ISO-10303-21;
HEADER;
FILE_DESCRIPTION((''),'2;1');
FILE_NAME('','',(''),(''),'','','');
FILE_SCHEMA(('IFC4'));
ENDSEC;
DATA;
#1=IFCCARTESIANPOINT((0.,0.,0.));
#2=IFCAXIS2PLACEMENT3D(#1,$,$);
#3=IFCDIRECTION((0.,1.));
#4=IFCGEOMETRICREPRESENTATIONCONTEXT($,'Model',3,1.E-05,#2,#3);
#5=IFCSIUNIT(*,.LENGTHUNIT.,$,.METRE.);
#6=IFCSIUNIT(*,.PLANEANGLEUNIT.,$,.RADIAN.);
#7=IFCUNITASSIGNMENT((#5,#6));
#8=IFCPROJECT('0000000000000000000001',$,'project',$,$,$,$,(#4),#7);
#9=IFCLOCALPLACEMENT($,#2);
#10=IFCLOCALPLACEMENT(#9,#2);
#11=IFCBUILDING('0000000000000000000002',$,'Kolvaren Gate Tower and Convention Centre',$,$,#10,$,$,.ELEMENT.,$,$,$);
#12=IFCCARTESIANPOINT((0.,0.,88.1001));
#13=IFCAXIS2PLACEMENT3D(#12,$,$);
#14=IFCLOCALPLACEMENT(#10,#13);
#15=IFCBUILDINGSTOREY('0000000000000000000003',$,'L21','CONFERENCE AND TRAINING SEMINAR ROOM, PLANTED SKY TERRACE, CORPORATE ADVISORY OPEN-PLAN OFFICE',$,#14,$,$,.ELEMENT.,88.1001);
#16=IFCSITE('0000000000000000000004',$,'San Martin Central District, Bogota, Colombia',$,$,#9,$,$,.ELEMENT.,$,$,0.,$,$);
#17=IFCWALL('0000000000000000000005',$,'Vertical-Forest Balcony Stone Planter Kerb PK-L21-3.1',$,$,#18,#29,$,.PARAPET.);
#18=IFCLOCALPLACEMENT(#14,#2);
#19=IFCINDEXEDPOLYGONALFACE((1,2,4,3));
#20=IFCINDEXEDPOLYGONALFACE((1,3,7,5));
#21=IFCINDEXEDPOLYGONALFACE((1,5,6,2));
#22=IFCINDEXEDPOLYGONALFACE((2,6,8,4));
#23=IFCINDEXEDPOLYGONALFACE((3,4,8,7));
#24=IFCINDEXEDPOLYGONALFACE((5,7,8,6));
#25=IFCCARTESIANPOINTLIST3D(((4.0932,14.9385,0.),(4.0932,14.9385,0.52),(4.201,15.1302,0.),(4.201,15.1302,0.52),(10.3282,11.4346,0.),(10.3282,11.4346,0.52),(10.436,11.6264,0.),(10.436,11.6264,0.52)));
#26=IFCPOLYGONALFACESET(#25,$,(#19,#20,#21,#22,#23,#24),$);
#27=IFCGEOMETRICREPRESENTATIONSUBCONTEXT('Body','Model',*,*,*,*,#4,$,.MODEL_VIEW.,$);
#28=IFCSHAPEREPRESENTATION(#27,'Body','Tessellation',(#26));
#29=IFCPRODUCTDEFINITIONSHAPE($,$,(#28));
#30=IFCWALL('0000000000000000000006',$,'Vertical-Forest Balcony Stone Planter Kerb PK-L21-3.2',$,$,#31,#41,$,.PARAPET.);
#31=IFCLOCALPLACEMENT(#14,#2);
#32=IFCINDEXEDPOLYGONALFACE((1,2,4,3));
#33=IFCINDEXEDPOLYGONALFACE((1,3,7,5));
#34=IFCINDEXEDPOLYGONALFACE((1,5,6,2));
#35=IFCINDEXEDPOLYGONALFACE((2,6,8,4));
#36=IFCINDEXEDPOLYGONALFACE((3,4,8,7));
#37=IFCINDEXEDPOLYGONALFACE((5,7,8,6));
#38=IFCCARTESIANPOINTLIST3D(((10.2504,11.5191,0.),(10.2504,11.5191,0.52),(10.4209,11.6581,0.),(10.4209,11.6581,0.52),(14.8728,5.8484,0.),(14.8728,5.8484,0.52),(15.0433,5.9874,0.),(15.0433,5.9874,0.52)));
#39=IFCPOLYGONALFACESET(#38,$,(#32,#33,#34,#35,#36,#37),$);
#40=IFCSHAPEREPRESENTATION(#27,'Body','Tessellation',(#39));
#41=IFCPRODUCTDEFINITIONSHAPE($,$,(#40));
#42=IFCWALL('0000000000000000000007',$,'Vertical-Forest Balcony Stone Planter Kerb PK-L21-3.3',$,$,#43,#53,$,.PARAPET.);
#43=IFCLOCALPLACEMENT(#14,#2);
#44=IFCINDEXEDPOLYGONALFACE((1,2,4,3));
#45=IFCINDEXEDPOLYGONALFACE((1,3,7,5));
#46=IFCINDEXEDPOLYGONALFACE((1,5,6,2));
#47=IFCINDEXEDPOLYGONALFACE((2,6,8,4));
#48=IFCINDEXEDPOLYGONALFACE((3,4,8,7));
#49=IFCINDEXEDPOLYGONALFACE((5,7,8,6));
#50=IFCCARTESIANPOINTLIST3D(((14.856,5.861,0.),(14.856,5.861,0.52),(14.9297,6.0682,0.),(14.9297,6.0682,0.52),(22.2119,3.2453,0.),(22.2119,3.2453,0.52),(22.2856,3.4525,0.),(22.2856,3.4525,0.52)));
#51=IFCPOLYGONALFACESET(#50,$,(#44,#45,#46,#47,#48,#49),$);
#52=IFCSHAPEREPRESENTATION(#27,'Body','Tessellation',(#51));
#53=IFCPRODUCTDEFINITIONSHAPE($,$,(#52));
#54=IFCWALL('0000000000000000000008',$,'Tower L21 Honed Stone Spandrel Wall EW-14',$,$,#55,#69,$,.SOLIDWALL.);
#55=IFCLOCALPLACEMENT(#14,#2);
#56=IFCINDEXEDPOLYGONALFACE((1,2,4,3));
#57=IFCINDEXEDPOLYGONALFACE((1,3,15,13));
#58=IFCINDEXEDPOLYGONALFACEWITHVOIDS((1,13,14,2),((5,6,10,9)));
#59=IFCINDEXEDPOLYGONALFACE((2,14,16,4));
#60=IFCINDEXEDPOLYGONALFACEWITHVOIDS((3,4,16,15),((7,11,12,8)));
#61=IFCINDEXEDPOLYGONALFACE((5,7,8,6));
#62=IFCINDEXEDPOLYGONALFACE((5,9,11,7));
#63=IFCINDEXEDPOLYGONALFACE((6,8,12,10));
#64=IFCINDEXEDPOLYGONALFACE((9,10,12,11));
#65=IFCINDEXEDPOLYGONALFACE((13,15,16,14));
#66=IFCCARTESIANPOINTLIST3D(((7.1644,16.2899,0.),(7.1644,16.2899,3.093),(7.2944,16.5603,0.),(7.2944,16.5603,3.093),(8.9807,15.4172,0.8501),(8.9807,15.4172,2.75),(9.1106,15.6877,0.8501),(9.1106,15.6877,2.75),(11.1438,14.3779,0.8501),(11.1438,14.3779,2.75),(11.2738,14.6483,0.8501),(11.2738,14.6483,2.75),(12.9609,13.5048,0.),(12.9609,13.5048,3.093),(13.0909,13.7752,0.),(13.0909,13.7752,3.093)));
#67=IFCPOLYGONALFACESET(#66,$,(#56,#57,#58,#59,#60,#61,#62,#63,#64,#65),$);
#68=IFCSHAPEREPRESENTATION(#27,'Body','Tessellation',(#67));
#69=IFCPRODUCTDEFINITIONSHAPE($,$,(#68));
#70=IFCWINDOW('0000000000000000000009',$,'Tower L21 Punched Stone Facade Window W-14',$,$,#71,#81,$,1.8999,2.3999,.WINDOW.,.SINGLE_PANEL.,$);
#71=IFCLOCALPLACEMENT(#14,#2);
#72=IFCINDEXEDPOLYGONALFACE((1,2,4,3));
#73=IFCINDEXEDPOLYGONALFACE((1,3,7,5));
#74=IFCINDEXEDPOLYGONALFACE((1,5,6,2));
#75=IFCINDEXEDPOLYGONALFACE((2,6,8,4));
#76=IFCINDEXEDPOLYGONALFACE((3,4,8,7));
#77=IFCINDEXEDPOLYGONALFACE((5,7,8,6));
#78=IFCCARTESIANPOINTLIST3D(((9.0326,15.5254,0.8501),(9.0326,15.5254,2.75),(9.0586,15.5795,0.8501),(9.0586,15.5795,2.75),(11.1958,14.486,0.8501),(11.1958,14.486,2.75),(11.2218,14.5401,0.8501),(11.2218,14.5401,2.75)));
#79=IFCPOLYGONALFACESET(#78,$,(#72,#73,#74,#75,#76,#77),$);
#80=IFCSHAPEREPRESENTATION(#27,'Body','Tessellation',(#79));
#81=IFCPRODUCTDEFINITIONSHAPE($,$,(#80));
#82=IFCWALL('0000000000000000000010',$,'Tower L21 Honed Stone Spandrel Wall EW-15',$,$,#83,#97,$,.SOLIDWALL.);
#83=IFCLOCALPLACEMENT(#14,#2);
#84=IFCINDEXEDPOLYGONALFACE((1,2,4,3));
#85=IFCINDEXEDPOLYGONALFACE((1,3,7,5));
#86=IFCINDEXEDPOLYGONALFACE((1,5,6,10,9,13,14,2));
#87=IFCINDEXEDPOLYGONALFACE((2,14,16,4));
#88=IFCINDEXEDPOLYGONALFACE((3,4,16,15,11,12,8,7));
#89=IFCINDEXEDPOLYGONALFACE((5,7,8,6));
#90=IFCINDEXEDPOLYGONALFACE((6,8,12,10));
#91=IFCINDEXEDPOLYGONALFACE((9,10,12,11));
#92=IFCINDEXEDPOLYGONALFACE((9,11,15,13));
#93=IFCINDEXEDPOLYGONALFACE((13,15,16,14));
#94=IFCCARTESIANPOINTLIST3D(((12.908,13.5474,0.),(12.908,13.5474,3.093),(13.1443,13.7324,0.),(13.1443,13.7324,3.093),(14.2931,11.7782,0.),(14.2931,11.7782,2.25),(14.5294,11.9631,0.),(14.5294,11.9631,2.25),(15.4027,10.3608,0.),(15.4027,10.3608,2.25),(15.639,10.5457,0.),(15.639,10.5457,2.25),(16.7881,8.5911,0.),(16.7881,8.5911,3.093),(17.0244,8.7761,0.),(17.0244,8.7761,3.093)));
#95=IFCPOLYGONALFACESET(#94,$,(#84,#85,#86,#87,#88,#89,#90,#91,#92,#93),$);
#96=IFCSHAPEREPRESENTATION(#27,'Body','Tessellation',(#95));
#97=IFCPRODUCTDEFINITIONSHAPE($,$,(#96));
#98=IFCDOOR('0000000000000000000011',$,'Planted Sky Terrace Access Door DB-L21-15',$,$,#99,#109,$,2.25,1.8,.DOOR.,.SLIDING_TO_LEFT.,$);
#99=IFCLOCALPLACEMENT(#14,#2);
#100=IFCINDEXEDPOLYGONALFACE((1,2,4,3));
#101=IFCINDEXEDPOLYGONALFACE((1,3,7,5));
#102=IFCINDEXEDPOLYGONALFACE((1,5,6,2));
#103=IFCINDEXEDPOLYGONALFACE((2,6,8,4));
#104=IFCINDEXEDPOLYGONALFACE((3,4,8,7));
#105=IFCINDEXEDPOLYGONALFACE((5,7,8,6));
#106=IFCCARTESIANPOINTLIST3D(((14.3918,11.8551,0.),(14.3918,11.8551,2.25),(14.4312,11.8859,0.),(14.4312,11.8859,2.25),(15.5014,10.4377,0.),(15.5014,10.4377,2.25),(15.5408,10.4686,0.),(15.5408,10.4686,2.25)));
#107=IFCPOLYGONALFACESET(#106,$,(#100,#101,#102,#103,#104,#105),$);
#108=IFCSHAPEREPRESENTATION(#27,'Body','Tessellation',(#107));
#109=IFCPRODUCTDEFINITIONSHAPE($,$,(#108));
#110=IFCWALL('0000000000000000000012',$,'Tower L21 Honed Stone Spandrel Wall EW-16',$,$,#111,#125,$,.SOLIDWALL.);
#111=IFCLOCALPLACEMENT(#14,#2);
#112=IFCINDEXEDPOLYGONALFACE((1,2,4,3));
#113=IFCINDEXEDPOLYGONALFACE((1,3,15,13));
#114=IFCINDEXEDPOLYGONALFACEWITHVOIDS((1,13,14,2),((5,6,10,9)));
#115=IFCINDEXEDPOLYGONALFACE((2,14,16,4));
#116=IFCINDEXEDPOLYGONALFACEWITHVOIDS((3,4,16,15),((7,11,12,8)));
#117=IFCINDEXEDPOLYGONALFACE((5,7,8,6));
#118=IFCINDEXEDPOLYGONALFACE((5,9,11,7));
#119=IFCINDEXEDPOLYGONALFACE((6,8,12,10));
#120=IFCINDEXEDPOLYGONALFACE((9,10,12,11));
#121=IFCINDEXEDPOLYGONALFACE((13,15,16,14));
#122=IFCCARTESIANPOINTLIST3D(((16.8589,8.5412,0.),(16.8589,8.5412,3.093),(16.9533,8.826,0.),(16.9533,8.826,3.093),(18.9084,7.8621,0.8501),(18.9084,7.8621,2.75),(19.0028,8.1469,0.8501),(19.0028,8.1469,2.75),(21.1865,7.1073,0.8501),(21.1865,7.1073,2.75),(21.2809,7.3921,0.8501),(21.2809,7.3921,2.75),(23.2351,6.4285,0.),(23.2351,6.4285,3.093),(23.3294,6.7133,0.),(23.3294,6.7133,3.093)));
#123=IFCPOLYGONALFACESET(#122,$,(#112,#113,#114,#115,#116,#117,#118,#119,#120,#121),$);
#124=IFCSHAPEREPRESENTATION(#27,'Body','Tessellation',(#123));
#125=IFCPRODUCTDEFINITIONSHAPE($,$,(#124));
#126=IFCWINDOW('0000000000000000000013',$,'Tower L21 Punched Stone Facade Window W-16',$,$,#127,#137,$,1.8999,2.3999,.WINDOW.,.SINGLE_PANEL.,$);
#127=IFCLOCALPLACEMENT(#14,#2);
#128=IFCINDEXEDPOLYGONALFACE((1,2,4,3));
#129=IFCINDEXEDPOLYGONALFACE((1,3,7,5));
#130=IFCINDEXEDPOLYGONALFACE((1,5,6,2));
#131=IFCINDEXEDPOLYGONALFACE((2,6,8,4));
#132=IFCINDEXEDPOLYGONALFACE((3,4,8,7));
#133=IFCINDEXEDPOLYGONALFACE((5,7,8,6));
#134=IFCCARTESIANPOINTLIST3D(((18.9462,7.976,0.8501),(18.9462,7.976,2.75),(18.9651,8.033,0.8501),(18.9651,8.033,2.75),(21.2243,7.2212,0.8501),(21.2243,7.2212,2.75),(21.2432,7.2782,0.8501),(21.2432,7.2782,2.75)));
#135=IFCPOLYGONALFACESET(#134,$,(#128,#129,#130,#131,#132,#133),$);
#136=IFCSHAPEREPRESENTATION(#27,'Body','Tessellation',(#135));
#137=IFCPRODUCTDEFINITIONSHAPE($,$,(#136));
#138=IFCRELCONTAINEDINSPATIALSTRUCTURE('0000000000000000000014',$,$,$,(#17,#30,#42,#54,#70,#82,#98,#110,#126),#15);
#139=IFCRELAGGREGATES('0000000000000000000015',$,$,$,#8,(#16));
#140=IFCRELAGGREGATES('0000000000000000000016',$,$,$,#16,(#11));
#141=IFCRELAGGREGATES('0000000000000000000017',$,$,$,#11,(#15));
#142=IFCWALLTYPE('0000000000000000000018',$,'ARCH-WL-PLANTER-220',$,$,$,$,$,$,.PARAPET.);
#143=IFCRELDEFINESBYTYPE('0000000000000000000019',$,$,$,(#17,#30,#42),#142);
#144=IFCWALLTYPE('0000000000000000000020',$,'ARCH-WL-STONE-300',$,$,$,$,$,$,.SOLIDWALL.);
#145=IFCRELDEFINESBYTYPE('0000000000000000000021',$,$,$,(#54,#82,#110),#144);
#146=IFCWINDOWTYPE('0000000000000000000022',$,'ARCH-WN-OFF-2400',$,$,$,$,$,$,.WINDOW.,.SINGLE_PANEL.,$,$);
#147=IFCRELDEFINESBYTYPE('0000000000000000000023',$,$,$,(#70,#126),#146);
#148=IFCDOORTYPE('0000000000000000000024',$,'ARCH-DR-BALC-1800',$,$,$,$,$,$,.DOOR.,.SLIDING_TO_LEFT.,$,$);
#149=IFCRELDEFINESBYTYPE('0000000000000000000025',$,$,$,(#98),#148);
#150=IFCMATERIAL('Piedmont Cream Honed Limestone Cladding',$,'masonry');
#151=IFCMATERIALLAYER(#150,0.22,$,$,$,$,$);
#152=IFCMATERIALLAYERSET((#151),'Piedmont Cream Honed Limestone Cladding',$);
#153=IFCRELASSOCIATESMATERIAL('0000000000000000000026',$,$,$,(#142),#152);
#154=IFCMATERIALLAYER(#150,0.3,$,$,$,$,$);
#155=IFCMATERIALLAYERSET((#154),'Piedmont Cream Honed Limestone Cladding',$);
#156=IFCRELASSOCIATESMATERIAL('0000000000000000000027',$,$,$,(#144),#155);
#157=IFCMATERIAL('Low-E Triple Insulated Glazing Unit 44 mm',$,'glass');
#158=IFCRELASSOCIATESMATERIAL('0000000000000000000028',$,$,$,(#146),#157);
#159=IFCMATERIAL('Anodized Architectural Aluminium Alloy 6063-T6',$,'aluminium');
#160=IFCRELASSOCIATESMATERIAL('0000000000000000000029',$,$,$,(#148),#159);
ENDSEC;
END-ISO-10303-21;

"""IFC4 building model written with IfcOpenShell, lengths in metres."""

from ifc_helpers import new_model, si_unit, direction, frame, frame_2d, origin, place, context, subcontext, project, spatial, rectangle, extrude, material, layer, layer_set, type_object, element, fill, save


model = new_model("IFC4")

# Units and contexts
model_context = context("Model", 3, precision=1e-05, world=origin(), true_north=direction((0.0, 1.0)))
body_context = subcontext(model_context, "Body", "Model", "MODEL_VIEW")
ifc_project = project(units=[si_unit("LENGTHUNIT", "METRE"), si_unit("PLANEANGLEUNIT", "RADIAN")], contexts=[model_context])

# Site, building, storey
site_placement = place(None, origin())
site = spatial("IfcSite", under=ifc_project, at=site_placement, Name="San Martin Central District, Bogota, Colombia", CompositionType="ELEMENT", RefElevation=0.0)
building_placement = place(site_placement, origin())
building = spatial("IfcBuilding", under=site, at=building_placement, Name="Kolvaren Gate Tower and Convention Centre", CompositionType="ELEMENT")
storey_placement = place(building_placement, frame((0.0, 0.0, 88.1001)))
storey = spatial("IfcBuildingStorey", under=building, at=storey_placement, Name="L21", Description="CONFERENCE AND TRAINING SEMINAR ROOM, PLANTED SKY TERRACE, CORPORATE ADVISORY OPEN-PLAN OFFICE", CompositionType="ELEMENT", Elevation=88.1001)

# Walls
ifc_material_1 = material(Name="Piedmont Cream Honed Limestone Cladding", Category="masonry")
ifc_layer_1 = layer(ifc_material_1, 0.22)
ifc_layer_set_1 = layer_set([ifc_layer_1], Name="Piedmont Cream Honed Limestone Cladding")
wall_type_1 = type_object("IfcWallType", Name="ARCH-WL-PLANTER-220", PredefinedType="PARAPET", material=ifc_layer_set_1)
wall_1_placement = place(storey_placement, frame((4.147, 15.0344, 0.0), z_axis=(0.0, 0.0, 1.0), x_axis=(0.871775, -0.489906, 0.0)))
element("IfcWall", 1, at=wall_1_placement, inside=storey, type_object=wall_type_1, Name="Vertical-Forest Balcony Stone Planter Kerb PK-L21-3.1", PredefinedType="PARAPET", context=body_context, shape_type="SweptSolid", body=[
    extrude(rectangle(XDim=7.1521, YDim=0.22, at=frame_2d((3.5762, 0.0))), origin(), (0.0, 0.0, 1.0), 0.52),
])
wall_2_placement = place(storey_placement, frame((10.3357, 11.5886, 0.0), z_axis=(0.0, 0.0, 1.0), x_axis=(0.631819, -0.775116, 0.0)))
element("IfcWall", 2, at=wall_2_placement, inside=storey, type_object=wall_type_1, Name="Vertical-Forest Balcony Stone Planter Kerb PK-L21-3.2", PredefinedType="PARAPET", context=body_context, shape_type="SweptSolid", body=[
    extrude(rectangle(XDim=7.3159, YDim=0.22, at=frame_2d((3.658, 0.0))), origin(), (0.0, 0.0, 1.0), 0.52),
])
wall_3_placement = place(storey_placement, frame((14.8928, 5.9646, 0.0), z_axis=(0.0, 0.0, 1.0), x_axis=(0.942204, -0.335041, 0.0)))
element("IfcWall", 3, at=wall_3_placement, inside=storey, type_object=wall_type_1, Name="Vertical-Forest Balcony Stone Planter Kerb PK-L21-3.3", PredefinedType="PARAPET", context=body_context, shape_type="SweptSolid", body=[
    extrude(rectangle(XDim=7.8071, YDim=0.22, at=frame_2d((3.9036, 0.0))), origin(), (0.0, 0.0, 1.0), 0.52),
])

# Wall, opening, window
ifc_layer_2 = layer(ifc_material_1, 0.3)
ifc_layer_set_2 = layer_set([ifc_layer_2], Name="Piedmont Cream Honed Limestone Cladding")
wall_type_2 = type_object("IfcWallType", Name="ARCH-WL-STONE-300", PredefinedType="SOLIDWALL", material=ifc_layer_set_2)
wall_4_placement = place(storey_placement, frame((7.2295, 16.425, 0.0), z_axis=(0.0, 0.0, 1.0), x_axis=(0.901355, -0.433082, 0.0)))
wall_4 = element("IfcWall", 4, at=wall_4_placement, inside=storey, type_object=wall_type_2, Name="Tower L21 Honed Stone Spandrel Wall EW-14", PredefinedType="SOLIDWALL", context=body_context, shape_type="SweptSolid", body=[
    extrude(rectangle(XDim=6.4309, YDim=0.3, at=frame_2d((3.2153, 0.0))), origin(), (0.0, 0.0, 1.0), 3.093),
])
opening_1_placement = place(wall_4_placement, frame((2.0149, 0.0, 0.8501)))
opening_1 = element("IfcOpeningElement", 5, at=opening_1_placement, cuts=wall_4, PredefinedType="OPENING", context=body_context, shape_type="SweptSolid", body=[
    extrude(rectangle(XDim=2.3999, YDim=1.8999, at=frame_2d((1.2, 0.95))), frame((0.0, 0.1599, 0.0), z_axis=(0.0, -1.0, 0.0), x_axis=(1.0, 0.0, 0.0)), (0.0, 0.0, 1.0), 0.3201),
])
ifc_material_2 = material(Name="Low-E Triple Insulated Glazing Unit 44 mm", Category="glass")
window_type = type_object("IfcWindowType", Name="ARCH-WN-OFF-2400", PartitioningType="SINGLE_PANEL", PredefinedType="WINDOW", material=ifc_material_2)
window_1_placement = place(opening_1_placement, origin())
window_1 = element("IfcWindow", 6, at=window_1_placement, inside=storey, type_object=window_type, Name="Tower L21 Punched Stone Facade Window W-14", OverallHeight=1.8999, OverallWidth=2.3999, PartitioningType="SINGLE_PANEL", PredefinedType="WINDOW", context=body_context, shape_type="SweptSolid", body=[
    extrude(rectangle(XDim=2.3999, YDim=1.8999, at=frame_2d((1.2, 0.95))), frame((0.0, 0.03, 0.0), z_axis=(0.0, -1.0, 0.0), x_axis=(1.0, 0.0, 0.0)), (0.0, 0.0, 1.0), 0.0601),
])
fill(opening_1, window_1)

# Wall, opening, door
wall_5_placement = place(storey_placement, frame((13.0261, 13.6399, 0.0), z_axis=(0.0, 0.0, 1.0), x_axis=(0.616435, -0.787406, 0.0)))
wall_5 = element("IfcWall", 7, at=wall_5_placement, inside=storey, type_object=wall_type_2, Name="Tower L21 Honed Stone Spandrel Wall EW-15", PredefinedType="SOLIDWALL", context=body_context, shape_type="SweptSolid", body=[
    extrude(rectangle(XDim=6.2944, YDim=0.3, at=frame_2d((3.1472, 0.0))), origin(), (0.0, 0.0, 1.0), 3.093),
])
opening_2_placement = place(wall_5_placement, frame((2.2471, 0.0, 0.0)))
opening_2 = element("IfcOpeningElement", 8, at=opening_2_placement, cuts=wall_5, PredefinedType="OPENING", context=body_context, shape_type="SweptSolid", body=[
    extrude(rectangle(XDim=1.8, YDim=2.25, at=frame_2d((0.8999, 1.125))), frame((0.0, 0.1599, 0.0), z_axis=(0.0, -1.0, 0.0), x_axis=(1.0, 0.0, 0.0)), (0.0, 0.0, 1.0), 0.3201),
])
ifc_material_3 = material(Name="Anodized Architectural Aluminium Alloy 6063-T6", Category="aluminium")
door_type = type_object("IfcDoorType", Name="ARCH-DR-BALC-1800", OperationType="SLIDING_TO_LEFT", PredefinedType="DOOR", material=ifc_material_3)
door_placement = place(opening_2_placement, frame((1.8, 0.0, 0.0), z_axis=(0.0, 0.0, 1.0), x_axis=(-1.0, 0.0, 0.0)))
door = element("IfcDoor", 9, at=door_placement, inside=storey, type_object=door_type, Name="Planted Sky Terrace Access Door DB-L21-15", OperationType="SLIDING_TO_LEFT", OverallHeight=2.25, OverallWidth=1.8, PredefinedType="DOOR", context=body_context, shape_type="SweptSolid", body=[
    extrude(rectangle(XDim=1.8, YDim=2.25, at=frame_2d((0.8999, 1.125))), frame((0.0, 0.0249, 0.0), z_axis=(0.0, -1.0, 0.0), x_axis=(1.0, 0.0, 0.0)), (0.0, 0.0, 1.0), 0.05),
])
fill(opening_2, door)

# Wall, opening, window
wall_6_placement = place(storey_placement, frame((16.9062, 8.6836, 0.0), z_axis=(0.0, 0.0, 1.0), x_axis=(0.949245, -0.314537, 0.0)))
wall_6 = element("IfcWall", 10, at=wall_6_placement, inside=storey, type_object=wall_type_2, Name="Tower L21 Honed Stone Spandrel Wall EW-16", PredefinedType="SOLIDWALL", context=body_context, shape_type="SweptSolid", body=[
    extrude(rectangle(XDim=6.717, YDim=0.3, at=frame_2d((3.3584, 0.0))), origin(), (0.0, 0.0, 1.0), 3.093),
])
opening_3_placement = place(wall_6_placement, frame((2.1589, 0.0, 0.8501)))
opening_3 = element("IfcOpeningElement", 11, at=opening_3_placement, cuts=wall_6, PredefinedType="OPENING", context=body_context, shape_type="SweptSolid", body=[
    extrude(rectangle(XDim=2.3999, YDim=1.8999, at=frame_2d((1.2, 0.95))), frame((0.0, 0.1599, 0.0), z_axis=(0.0, -1.0, 0.0), x_axis=(1.0, 0.0, 0.0)), (0.0, 0.0, 1.0), 0.3201),
])
window_2_placement = place(opening_3_placement, origin())
window_2 = element("IfcWindow", 12, at=window_2_placement, inside=storey, type_object=window_type, Name="Tower L21 Punched Stone Facade Window W-16", OverallHeight=1.8999, OverallWidth=2.3999, PartitioningType="SINGLE_PANEL", PredefinedType="WINDOW", context=body_context, shape_type="SweptSolid", body=[
    extrude(rectangle(XDim=2.3999, YDim=1.8999, at=frame_2d((1.2, 0.95))), frame((0.0, 0.03, 0.0), z_axis=(0.0, -1.0, 0.0), x_axis=(1.0, 0.0, 0.0)), (0.0, 0.0, 1.0), 0.0601),
])
fill(opening_3, window_2)

save(model, "model.ifc")
